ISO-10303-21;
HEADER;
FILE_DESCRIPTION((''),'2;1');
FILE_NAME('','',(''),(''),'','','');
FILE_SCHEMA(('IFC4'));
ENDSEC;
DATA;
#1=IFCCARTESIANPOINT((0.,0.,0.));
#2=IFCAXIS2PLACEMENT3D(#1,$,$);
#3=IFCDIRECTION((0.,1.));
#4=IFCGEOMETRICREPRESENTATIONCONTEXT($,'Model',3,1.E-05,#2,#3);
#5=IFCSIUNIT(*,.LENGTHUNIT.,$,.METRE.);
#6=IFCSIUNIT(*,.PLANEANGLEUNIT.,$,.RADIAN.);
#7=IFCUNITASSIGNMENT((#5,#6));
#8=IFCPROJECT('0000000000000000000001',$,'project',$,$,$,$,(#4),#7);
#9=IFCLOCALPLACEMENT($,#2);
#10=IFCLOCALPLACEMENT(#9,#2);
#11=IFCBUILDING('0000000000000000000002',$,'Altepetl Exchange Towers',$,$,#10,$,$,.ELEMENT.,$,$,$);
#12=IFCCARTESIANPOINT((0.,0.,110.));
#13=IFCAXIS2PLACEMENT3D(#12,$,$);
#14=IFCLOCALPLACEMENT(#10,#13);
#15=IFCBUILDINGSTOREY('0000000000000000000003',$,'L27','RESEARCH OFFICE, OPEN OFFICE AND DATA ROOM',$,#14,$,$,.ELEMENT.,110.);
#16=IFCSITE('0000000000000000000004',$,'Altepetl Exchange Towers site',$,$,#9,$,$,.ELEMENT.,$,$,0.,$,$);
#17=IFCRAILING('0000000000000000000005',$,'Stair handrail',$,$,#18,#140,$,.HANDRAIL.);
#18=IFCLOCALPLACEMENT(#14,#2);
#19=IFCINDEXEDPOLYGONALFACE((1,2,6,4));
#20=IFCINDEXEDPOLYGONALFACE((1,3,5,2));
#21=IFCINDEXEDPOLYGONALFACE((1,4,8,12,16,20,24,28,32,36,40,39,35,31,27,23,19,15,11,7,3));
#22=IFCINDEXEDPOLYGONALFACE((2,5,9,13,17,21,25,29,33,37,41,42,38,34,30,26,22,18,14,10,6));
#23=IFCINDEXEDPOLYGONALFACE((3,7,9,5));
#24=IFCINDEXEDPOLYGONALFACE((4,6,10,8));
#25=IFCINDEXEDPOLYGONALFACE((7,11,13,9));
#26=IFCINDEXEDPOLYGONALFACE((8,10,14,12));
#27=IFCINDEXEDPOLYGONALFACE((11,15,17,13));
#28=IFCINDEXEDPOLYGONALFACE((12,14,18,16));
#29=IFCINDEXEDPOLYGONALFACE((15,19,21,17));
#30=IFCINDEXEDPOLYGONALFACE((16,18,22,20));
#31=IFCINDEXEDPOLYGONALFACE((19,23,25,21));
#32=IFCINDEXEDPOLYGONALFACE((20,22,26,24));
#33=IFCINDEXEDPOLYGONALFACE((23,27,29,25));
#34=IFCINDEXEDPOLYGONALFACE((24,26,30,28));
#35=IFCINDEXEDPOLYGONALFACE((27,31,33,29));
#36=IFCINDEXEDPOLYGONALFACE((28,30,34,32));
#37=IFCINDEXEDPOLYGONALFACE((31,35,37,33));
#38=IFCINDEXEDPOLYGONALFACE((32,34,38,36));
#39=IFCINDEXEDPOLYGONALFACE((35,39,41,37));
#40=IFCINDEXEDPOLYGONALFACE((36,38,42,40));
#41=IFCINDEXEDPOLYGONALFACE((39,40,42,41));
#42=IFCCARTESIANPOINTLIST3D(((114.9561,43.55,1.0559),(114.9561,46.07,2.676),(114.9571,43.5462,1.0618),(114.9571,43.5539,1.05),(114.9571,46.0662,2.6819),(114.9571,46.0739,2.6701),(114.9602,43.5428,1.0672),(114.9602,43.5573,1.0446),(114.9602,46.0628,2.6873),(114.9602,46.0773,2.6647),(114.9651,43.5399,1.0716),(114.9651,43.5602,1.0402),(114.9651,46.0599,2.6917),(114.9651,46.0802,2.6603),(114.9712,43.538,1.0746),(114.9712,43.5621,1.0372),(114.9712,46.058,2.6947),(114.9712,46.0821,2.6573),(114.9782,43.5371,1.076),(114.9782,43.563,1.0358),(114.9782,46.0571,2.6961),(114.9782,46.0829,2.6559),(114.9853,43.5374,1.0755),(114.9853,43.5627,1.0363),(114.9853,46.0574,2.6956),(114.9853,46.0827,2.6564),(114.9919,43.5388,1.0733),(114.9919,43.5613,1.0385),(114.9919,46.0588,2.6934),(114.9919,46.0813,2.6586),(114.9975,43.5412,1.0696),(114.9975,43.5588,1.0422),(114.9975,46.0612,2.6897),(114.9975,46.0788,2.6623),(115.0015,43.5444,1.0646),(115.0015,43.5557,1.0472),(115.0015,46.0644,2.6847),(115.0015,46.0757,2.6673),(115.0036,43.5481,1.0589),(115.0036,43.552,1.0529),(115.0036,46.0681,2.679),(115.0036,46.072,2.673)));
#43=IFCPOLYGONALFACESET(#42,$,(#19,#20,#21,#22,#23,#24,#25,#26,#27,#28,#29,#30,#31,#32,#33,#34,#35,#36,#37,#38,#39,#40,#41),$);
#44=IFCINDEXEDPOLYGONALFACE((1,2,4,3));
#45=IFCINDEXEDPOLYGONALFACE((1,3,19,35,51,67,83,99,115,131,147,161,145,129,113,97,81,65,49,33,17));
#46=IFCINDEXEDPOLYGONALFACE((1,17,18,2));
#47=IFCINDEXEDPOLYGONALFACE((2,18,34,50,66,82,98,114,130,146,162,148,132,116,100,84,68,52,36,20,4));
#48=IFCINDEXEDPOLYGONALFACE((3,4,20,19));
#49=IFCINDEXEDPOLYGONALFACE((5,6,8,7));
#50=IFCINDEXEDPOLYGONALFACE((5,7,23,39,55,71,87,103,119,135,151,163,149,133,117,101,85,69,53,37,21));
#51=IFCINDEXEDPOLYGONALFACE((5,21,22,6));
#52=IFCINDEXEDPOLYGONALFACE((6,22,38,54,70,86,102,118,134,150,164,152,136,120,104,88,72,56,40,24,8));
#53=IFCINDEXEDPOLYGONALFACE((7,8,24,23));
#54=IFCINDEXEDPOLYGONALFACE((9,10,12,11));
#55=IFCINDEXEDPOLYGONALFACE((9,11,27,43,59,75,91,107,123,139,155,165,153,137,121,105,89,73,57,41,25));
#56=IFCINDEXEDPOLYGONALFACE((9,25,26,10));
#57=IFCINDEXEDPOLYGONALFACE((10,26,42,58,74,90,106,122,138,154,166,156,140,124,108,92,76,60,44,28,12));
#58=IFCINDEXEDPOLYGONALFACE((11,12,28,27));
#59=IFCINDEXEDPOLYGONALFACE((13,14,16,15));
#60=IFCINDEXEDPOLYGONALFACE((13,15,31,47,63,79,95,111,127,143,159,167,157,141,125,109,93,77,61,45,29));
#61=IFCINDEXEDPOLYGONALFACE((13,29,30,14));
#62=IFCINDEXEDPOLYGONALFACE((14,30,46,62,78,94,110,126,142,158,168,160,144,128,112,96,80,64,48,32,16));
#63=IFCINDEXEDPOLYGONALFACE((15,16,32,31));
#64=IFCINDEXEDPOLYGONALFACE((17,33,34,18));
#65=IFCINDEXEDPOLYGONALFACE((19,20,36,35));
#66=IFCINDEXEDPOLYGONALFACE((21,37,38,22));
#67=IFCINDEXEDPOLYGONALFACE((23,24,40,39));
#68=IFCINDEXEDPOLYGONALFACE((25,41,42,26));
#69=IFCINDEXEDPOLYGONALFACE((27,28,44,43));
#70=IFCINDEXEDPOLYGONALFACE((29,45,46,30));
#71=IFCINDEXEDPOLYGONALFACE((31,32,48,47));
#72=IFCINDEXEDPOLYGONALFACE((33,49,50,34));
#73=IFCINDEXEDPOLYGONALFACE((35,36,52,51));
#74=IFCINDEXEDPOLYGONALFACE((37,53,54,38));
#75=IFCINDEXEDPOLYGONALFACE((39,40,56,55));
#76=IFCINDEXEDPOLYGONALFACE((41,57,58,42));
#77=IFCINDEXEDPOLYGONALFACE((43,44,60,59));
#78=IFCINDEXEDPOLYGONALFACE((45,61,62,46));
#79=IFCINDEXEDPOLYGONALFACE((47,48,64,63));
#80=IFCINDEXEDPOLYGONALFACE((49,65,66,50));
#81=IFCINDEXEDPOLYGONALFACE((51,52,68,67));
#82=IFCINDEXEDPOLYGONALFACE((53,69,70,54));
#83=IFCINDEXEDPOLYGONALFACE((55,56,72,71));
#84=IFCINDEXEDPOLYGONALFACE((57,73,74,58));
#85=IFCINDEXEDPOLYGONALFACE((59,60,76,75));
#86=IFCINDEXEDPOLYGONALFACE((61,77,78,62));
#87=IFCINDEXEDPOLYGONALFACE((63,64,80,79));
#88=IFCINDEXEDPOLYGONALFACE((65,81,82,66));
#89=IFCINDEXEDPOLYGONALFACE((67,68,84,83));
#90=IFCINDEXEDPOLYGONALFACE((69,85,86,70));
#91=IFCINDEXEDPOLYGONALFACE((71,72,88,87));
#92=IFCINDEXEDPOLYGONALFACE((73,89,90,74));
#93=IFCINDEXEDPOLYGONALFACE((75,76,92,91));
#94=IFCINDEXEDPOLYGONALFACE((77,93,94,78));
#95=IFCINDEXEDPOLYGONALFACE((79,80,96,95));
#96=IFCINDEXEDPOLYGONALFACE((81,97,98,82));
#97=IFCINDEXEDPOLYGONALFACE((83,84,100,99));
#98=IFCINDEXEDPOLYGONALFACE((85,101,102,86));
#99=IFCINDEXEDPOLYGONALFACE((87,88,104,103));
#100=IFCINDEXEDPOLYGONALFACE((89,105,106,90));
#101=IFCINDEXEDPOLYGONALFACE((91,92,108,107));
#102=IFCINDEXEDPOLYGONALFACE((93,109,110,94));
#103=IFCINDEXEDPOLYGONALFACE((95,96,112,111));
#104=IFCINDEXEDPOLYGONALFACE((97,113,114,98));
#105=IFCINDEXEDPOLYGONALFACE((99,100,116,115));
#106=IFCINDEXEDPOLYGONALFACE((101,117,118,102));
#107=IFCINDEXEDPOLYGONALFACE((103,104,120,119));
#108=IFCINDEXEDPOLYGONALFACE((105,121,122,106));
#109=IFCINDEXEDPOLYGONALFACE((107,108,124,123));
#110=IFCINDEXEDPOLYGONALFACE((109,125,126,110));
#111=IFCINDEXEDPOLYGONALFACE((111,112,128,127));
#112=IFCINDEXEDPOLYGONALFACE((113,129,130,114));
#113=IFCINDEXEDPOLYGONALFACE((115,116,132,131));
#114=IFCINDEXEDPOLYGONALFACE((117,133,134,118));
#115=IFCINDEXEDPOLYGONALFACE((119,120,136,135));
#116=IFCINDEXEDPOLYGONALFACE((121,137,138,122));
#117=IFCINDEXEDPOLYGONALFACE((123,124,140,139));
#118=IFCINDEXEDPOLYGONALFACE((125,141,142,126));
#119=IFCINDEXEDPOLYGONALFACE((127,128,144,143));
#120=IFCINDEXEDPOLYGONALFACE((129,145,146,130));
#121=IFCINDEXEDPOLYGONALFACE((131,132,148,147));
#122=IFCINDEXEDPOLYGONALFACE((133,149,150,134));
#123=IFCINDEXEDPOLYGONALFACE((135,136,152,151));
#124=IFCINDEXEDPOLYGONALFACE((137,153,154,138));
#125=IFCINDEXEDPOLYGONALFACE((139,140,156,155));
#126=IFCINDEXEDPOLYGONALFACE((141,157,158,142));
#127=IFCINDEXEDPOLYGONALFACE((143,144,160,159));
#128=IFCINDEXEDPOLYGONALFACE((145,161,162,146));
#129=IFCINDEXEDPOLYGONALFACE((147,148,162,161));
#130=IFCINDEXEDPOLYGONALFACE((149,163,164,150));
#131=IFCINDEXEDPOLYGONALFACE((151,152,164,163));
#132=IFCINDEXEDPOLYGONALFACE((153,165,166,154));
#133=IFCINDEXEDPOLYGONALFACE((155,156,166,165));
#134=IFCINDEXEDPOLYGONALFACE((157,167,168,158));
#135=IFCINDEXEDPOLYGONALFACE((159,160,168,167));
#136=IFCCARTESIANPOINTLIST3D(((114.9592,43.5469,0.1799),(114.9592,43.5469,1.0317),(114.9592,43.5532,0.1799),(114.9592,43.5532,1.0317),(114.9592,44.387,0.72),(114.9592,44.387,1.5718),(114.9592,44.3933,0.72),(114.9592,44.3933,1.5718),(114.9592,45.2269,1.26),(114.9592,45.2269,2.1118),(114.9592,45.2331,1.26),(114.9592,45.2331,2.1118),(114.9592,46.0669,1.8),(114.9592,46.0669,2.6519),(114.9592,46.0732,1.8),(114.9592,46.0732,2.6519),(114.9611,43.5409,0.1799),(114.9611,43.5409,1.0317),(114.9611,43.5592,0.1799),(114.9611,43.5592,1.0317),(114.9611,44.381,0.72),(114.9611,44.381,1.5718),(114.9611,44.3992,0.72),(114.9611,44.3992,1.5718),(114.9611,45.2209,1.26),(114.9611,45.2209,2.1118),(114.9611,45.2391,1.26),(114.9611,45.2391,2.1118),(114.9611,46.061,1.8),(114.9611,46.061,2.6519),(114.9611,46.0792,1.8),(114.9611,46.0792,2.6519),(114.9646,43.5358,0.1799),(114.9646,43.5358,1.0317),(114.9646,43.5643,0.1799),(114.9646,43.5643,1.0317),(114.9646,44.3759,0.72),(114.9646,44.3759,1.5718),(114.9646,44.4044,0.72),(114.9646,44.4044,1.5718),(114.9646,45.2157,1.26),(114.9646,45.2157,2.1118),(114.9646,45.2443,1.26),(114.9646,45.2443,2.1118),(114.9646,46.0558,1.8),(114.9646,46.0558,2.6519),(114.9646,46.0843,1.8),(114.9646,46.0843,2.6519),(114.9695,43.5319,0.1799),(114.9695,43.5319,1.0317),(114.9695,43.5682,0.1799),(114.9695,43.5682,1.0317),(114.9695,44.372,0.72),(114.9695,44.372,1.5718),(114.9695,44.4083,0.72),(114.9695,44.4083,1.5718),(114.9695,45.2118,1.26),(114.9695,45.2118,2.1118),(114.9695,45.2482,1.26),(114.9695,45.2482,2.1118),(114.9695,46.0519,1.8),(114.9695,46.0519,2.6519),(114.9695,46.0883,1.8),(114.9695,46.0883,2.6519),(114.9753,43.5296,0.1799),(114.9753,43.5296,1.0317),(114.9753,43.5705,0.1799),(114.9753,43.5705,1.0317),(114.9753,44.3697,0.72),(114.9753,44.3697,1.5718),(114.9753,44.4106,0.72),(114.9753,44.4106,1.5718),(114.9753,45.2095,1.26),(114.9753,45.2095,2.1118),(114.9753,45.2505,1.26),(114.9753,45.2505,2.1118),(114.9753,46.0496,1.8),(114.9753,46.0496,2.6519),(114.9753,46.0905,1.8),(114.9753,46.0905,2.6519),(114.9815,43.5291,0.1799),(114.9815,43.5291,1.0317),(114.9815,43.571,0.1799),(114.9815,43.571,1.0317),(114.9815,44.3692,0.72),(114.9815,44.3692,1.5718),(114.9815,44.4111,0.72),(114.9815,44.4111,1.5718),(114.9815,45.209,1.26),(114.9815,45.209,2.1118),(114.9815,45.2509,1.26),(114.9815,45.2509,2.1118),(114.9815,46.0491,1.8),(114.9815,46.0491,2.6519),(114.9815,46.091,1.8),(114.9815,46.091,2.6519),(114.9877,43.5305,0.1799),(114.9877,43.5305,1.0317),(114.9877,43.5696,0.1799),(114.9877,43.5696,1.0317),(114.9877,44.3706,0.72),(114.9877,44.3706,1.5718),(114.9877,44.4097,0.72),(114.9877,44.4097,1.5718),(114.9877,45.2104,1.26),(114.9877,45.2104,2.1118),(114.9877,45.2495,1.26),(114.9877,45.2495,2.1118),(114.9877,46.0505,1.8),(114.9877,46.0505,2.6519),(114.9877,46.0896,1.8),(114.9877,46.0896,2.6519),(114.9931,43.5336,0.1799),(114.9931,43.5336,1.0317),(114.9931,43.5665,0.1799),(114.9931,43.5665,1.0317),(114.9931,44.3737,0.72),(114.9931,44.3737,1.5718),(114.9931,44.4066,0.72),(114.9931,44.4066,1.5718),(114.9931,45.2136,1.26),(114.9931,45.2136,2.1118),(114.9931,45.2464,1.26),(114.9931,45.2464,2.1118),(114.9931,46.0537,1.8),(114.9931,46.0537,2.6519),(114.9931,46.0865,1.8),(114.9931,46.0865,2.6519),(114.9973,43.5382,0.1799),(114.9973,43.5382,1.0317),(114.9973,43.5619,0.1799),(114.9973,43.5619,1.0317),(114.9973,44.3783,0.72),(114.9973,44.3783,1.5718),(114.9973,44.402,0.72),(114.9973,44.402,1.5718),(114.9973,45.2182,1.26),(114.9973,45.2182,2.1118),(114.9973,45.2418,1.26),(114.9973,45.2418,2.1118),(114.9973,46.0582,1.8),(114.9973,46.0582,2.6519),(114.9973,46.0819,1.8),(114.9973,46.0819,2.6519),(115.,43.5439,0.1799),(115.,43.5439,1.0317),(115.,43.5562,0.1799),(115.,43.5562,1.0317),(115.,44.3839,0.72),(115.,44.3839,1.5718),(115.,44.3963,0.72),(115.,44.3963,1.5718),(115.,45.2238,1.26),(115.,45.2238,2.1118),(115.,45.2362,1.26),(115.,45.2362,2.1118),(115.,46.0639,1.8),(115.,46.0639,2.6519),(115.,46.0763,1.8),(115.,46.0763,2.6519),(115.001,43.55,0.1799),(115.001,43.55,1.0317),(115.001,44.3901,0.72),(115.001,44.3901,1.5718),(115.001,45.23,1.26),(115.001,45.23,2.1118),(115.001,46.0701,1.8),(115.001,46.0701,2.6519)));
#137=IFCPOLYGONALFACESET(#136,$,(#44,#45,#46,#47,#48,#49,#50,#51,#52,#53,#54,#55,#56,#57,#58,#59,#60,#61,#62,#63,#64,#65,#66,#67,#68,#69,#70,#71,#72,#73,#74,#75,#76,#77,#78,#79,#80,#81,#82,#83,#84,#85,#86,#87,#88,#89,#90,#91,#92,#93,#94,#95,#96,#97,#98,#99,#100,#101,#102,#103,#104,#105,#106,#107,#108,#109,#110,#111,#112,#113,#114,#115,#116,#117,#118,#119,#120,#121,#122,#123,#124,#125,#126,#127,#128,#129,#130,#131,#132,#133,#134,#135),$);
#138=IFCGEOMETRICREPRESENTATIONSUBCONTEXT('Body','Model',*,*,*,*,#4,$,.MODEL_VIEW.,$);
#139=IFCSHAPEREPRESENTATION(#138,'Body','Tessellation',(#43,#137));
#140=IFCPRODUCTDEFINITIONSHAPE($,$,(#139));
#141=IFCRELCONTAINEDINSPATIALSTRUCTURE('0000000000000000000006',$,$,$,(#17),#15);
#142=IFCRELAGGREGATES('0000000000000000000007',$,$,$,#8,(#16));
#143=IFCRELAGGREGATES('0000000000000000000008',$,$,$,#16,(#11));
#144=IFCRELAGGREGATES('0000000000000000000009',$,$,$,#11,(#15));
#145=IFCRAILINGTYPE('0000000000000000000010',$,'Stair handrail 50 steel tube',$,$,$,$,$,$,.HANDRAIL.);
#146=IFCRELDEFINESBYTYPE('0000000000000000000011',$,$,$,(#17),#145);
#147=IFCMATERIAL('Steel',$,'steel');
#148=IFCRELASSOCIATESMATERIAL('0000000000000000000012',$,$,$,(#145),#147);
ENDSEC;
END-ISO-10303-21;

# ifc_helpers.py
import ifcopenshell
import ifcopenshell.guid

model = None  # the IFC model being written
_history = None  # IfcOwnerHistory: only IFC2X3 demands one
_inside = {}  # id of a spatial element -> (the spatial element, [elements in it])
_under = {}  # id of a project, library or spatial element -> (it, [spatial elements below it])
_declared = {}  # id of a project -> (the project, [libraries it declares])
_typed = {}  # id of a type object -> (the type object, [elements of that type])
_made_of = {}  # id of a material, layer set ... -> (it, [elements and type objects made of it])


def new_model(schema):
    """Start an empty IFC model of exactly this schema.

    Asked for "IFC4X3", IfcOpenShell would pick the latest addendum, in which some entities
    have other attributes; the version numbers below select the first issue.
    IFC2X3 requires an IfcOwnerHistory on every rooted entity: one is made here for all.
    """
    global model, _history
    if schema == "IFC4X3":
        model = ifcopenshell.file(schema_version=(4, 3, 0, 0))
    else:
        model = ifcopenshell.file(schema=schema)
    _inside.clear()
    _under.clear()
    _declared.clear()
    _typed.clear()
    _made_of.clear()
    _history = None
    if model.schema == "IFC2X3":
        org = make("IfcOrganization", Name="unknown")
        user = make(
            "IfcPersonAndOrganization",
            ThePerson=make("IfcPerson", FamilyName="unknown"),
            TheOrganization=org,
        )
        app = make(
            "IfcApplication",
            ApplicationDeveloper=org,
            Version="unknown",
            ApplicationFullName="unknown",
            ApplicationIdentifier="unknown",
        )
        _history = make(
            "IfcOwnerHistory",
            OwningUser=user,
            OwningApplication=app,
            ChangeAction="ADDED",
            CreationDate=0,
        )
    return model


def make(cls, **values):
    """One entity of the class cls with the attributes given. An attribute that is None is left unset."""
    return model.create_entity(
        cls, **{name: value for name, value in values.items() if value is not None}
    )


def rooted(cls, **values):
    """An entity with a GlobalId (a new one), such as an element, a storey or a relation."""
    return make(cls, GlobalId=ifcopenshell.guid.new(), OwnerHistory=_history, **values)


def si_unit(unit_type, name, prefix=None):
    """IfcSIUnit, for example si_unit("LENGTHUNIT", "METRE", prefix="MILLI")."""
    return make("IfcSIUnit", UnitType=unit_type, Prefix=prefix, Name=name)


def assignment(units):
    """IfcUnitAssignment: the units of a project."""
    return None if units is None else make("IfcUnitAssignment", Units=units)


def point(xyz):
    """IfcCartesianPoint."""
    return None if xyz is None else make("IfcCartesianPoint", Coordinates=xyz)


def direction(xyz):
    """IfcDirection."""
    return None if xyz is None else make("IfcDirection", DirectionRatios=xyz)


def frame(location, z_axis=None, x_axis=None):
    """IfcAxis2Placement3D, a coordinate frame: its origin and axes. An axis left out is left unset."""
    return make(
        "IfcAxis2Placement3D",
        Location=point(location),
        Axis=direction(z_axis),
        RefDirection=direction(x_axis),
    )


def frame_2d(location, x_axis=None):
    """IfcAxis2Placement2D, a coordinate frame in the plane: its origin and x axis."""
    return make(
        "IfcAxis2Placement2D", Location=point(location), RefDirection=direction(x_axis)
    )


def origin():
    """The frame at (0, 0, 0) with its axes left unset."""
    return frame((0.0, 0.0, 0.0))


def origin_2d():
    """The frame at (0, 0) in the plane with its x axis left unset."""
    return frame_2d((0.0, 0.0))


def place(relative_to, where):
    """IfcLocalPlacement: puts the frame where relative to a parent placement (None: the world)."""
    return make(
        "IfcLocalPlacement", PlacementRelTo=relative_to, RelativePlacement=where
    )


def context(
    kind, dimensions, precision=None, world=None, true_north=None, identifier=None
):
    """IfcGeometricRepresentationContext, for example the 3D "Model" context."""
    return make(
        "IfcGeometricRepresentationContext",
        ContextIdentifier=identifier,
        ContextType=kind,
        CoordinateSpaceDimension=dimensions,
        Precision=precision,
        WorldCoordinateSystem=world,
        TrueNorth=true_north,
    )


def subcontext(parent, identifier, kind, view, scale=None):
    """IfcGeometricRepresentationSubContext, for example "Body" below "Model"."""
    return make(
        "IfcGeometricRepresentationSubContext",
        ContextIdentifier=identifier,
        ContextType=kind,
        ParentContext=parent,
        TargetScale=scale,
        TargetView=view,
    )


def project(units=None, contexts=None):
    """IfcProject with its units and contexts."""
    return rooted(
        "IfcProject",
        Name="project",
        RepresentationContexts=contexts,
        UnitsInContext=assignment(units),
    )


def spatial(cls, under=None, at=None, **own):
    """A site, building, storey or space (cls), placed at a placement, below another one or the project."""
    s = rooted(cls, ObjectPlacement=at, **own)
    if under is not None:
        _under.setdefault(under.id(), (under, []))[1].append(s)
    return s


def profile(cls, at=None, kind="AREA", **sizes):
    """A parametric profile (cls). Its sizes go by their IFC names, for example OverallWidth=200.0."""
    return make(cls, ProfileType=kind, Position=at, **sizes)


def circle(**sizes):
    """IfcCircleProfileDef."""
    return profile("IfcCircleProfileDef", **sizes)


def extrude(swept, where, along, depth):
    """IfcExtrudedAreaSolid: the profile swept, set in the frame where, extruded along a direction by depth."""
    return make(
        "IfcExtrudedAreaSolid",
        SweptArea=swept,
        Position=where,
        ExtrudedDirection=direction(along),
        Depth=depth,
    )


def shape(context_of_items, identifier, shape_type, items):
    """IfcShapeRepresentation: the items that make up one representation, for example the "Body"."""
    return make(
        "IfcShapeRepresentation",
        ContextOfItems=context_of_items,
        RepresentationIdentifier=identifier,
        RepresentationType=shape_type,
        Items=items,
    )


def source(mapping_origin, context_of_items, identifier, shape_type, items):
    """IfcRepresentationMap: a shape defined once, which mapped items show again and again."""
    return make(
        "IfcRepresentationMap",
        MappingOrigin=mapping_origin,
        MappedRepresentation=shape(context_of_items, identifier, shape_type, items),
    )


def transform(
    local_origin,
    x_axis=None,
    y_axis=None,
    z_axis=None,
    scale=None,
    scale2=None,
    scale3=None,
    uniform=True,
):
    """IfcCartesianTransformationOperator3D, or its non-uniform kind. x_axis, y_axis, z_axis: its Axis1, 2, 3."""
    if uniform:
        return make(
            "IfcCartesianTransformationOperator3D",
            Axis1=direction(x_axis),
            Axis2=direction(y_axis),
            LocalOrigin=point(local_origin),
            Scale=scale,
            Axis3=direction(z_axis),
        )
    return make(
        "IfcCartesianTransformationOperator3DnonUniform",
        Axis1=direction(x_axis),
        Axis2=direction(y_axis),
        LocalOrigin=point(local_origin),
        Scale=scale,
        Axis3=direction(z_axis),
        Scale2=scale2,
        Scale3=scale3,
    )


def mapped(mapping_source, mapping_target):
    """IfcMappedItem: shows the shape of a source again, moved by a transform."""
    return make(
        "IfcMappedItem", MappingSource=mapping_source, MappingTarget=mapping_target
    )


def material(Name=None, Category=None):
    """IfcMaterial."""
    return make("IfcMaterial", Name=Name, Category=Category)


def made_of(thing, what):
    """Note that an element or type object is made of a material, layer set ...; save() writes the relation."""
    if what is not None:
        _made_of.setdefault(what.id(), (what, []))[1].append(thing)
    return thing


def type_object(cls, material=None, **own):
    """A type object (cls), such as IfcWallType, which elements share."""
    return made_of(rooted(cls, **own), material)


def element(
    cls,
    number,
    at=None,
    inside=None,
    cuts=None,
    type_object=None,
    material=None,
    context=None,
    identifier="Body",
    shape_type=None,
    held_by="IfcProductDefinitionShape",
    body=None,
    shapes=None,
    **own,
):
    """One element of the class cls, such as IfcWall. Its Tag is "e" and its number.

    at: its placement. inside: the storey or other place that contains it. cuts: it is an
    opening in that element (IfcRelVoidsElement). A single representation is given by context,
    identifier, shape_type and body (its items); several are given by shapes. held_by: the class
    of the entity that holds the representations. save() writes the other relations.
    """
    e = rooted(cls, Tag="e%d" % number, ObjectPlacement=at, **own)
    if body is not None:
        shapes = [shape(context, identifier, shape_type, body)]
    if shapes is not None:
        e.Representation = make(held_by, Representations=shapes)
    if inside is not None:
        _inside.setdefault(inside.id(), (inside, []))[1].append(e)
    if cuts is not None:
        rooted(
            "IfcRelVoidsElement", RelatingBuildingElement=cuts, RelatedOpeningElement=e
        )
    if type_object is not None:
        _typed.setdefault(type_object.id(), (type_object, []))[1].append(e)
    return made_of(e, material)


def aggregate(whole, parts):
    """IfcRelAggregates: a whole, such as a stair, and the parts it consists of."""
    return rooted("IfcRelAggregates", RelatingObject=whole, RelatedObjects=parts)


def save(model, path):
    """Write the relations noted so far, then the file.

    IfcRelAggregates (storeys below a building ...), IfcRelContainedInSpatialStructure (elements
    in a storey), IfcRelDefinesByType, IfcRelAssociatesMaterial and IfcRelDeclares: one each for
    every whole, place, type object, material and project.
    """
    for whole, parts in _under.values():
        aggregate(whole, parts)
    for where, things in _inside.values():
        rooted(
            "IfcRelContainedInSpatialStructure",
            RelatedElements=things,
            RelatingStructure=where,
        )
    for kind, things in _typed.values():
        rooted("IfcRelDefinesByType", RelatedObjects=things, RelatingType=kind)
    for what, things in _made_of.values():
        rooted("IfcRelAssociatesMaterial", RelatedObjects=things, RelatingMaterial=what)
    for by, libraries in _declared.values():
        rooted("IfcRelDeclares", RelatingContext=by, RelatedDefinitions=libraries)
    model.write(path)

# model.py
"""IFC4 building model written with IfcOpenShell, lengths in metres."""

from ifc_helpers import new_model, si_unit, direction, frame, origin, origin_2d, place, context, subcontext, project, spatial, circle, extrude, source, transform, mapped, material, type_object, element, save


model = new_model("IFC4")

# Units and contexts
model_context = context("Model", 3, precision=1e-05, world=origin(), true_north=direction((0.0, 1.0)))
body_context = subcontext(model_context, "Body", "Model", "MODEL_VIEW")
ifc_project = project(units=[si_unit("LENGTHUNIT", "METRE"), si_unit("PLANEANGLEUNIT", "RADIAN")], contexts=[model_context])

# Site, building, storey
site_placement = place(None, origin())
site = spatial("IfcSite", under=ifc_project, at=site_placement, Name="Altepetl Exchange Towers site", CompositionType="ELEMENT", RefElevation=0.0)
building_placement = place(site_placement, origin())
building = spatial("IfcBuilding", under=site, at=building_placement, Name="Altepetl Exchange Towers", CompositionType="ELEMENT")
storey_placement = place(building_placement, frame((0.0, 0.0, 110.0)))
storey = spatial("IfcBuildingStorey", under=building, at=storey_placement, Name="L27", Description="RESEARCH OFFICE, OPEN OFFICE AND DATA ROOM", CompositionType="ELEMENT", Elevation=110.0)

# Railing
ifc_material_1 = material(Name="Steel", Category="steel")
railing_type = type_object("IfcRailingType", Name="Stair handrail 50 steel tube", PredefinedType="HANDRAIL", material=ifc_material_1)
shared_shape = source(origin(), body_context, "Body", "SweptSolid", [
    extrude(circle(Radius=0.021, at=origin_2d()), origin(), (0.0, 0.0, 1.0), 0.8518),
])
railing_1_placement = place(storey_placement, frame((114.98, 43.55, 0.1799)))
element("IfcRailing", 1, at=railing_1_placement, inside=storey, type_object=railing_type, Name="Stair handrail", PredefinedType="HANDRAIL", context=body_context, shape_type="SweptSolid", body=[
    extrude(circle(Radius=0.0239, at=origin_2d()), frame((0.0, 0.0, 0.876), z_axis=(0.0, 0.841163, 0.540782), x_axis=(-1.0, 0.0, 0.0)), (0.0, 0.0, 1.0), 2.9958),
    mapped(shared_shape, transform((0.0, 0.0, 0.0))),
    mapped(shared_shape, transform((0.0, 0.8401, 0.54))),
    mapped(shared_shape, transform((0.0, 1.6799, 1.0801))),
    mapped(shared_shape, transform((0.0, 2.52, 1.6201))),
])

save(model, "model.ifc")
